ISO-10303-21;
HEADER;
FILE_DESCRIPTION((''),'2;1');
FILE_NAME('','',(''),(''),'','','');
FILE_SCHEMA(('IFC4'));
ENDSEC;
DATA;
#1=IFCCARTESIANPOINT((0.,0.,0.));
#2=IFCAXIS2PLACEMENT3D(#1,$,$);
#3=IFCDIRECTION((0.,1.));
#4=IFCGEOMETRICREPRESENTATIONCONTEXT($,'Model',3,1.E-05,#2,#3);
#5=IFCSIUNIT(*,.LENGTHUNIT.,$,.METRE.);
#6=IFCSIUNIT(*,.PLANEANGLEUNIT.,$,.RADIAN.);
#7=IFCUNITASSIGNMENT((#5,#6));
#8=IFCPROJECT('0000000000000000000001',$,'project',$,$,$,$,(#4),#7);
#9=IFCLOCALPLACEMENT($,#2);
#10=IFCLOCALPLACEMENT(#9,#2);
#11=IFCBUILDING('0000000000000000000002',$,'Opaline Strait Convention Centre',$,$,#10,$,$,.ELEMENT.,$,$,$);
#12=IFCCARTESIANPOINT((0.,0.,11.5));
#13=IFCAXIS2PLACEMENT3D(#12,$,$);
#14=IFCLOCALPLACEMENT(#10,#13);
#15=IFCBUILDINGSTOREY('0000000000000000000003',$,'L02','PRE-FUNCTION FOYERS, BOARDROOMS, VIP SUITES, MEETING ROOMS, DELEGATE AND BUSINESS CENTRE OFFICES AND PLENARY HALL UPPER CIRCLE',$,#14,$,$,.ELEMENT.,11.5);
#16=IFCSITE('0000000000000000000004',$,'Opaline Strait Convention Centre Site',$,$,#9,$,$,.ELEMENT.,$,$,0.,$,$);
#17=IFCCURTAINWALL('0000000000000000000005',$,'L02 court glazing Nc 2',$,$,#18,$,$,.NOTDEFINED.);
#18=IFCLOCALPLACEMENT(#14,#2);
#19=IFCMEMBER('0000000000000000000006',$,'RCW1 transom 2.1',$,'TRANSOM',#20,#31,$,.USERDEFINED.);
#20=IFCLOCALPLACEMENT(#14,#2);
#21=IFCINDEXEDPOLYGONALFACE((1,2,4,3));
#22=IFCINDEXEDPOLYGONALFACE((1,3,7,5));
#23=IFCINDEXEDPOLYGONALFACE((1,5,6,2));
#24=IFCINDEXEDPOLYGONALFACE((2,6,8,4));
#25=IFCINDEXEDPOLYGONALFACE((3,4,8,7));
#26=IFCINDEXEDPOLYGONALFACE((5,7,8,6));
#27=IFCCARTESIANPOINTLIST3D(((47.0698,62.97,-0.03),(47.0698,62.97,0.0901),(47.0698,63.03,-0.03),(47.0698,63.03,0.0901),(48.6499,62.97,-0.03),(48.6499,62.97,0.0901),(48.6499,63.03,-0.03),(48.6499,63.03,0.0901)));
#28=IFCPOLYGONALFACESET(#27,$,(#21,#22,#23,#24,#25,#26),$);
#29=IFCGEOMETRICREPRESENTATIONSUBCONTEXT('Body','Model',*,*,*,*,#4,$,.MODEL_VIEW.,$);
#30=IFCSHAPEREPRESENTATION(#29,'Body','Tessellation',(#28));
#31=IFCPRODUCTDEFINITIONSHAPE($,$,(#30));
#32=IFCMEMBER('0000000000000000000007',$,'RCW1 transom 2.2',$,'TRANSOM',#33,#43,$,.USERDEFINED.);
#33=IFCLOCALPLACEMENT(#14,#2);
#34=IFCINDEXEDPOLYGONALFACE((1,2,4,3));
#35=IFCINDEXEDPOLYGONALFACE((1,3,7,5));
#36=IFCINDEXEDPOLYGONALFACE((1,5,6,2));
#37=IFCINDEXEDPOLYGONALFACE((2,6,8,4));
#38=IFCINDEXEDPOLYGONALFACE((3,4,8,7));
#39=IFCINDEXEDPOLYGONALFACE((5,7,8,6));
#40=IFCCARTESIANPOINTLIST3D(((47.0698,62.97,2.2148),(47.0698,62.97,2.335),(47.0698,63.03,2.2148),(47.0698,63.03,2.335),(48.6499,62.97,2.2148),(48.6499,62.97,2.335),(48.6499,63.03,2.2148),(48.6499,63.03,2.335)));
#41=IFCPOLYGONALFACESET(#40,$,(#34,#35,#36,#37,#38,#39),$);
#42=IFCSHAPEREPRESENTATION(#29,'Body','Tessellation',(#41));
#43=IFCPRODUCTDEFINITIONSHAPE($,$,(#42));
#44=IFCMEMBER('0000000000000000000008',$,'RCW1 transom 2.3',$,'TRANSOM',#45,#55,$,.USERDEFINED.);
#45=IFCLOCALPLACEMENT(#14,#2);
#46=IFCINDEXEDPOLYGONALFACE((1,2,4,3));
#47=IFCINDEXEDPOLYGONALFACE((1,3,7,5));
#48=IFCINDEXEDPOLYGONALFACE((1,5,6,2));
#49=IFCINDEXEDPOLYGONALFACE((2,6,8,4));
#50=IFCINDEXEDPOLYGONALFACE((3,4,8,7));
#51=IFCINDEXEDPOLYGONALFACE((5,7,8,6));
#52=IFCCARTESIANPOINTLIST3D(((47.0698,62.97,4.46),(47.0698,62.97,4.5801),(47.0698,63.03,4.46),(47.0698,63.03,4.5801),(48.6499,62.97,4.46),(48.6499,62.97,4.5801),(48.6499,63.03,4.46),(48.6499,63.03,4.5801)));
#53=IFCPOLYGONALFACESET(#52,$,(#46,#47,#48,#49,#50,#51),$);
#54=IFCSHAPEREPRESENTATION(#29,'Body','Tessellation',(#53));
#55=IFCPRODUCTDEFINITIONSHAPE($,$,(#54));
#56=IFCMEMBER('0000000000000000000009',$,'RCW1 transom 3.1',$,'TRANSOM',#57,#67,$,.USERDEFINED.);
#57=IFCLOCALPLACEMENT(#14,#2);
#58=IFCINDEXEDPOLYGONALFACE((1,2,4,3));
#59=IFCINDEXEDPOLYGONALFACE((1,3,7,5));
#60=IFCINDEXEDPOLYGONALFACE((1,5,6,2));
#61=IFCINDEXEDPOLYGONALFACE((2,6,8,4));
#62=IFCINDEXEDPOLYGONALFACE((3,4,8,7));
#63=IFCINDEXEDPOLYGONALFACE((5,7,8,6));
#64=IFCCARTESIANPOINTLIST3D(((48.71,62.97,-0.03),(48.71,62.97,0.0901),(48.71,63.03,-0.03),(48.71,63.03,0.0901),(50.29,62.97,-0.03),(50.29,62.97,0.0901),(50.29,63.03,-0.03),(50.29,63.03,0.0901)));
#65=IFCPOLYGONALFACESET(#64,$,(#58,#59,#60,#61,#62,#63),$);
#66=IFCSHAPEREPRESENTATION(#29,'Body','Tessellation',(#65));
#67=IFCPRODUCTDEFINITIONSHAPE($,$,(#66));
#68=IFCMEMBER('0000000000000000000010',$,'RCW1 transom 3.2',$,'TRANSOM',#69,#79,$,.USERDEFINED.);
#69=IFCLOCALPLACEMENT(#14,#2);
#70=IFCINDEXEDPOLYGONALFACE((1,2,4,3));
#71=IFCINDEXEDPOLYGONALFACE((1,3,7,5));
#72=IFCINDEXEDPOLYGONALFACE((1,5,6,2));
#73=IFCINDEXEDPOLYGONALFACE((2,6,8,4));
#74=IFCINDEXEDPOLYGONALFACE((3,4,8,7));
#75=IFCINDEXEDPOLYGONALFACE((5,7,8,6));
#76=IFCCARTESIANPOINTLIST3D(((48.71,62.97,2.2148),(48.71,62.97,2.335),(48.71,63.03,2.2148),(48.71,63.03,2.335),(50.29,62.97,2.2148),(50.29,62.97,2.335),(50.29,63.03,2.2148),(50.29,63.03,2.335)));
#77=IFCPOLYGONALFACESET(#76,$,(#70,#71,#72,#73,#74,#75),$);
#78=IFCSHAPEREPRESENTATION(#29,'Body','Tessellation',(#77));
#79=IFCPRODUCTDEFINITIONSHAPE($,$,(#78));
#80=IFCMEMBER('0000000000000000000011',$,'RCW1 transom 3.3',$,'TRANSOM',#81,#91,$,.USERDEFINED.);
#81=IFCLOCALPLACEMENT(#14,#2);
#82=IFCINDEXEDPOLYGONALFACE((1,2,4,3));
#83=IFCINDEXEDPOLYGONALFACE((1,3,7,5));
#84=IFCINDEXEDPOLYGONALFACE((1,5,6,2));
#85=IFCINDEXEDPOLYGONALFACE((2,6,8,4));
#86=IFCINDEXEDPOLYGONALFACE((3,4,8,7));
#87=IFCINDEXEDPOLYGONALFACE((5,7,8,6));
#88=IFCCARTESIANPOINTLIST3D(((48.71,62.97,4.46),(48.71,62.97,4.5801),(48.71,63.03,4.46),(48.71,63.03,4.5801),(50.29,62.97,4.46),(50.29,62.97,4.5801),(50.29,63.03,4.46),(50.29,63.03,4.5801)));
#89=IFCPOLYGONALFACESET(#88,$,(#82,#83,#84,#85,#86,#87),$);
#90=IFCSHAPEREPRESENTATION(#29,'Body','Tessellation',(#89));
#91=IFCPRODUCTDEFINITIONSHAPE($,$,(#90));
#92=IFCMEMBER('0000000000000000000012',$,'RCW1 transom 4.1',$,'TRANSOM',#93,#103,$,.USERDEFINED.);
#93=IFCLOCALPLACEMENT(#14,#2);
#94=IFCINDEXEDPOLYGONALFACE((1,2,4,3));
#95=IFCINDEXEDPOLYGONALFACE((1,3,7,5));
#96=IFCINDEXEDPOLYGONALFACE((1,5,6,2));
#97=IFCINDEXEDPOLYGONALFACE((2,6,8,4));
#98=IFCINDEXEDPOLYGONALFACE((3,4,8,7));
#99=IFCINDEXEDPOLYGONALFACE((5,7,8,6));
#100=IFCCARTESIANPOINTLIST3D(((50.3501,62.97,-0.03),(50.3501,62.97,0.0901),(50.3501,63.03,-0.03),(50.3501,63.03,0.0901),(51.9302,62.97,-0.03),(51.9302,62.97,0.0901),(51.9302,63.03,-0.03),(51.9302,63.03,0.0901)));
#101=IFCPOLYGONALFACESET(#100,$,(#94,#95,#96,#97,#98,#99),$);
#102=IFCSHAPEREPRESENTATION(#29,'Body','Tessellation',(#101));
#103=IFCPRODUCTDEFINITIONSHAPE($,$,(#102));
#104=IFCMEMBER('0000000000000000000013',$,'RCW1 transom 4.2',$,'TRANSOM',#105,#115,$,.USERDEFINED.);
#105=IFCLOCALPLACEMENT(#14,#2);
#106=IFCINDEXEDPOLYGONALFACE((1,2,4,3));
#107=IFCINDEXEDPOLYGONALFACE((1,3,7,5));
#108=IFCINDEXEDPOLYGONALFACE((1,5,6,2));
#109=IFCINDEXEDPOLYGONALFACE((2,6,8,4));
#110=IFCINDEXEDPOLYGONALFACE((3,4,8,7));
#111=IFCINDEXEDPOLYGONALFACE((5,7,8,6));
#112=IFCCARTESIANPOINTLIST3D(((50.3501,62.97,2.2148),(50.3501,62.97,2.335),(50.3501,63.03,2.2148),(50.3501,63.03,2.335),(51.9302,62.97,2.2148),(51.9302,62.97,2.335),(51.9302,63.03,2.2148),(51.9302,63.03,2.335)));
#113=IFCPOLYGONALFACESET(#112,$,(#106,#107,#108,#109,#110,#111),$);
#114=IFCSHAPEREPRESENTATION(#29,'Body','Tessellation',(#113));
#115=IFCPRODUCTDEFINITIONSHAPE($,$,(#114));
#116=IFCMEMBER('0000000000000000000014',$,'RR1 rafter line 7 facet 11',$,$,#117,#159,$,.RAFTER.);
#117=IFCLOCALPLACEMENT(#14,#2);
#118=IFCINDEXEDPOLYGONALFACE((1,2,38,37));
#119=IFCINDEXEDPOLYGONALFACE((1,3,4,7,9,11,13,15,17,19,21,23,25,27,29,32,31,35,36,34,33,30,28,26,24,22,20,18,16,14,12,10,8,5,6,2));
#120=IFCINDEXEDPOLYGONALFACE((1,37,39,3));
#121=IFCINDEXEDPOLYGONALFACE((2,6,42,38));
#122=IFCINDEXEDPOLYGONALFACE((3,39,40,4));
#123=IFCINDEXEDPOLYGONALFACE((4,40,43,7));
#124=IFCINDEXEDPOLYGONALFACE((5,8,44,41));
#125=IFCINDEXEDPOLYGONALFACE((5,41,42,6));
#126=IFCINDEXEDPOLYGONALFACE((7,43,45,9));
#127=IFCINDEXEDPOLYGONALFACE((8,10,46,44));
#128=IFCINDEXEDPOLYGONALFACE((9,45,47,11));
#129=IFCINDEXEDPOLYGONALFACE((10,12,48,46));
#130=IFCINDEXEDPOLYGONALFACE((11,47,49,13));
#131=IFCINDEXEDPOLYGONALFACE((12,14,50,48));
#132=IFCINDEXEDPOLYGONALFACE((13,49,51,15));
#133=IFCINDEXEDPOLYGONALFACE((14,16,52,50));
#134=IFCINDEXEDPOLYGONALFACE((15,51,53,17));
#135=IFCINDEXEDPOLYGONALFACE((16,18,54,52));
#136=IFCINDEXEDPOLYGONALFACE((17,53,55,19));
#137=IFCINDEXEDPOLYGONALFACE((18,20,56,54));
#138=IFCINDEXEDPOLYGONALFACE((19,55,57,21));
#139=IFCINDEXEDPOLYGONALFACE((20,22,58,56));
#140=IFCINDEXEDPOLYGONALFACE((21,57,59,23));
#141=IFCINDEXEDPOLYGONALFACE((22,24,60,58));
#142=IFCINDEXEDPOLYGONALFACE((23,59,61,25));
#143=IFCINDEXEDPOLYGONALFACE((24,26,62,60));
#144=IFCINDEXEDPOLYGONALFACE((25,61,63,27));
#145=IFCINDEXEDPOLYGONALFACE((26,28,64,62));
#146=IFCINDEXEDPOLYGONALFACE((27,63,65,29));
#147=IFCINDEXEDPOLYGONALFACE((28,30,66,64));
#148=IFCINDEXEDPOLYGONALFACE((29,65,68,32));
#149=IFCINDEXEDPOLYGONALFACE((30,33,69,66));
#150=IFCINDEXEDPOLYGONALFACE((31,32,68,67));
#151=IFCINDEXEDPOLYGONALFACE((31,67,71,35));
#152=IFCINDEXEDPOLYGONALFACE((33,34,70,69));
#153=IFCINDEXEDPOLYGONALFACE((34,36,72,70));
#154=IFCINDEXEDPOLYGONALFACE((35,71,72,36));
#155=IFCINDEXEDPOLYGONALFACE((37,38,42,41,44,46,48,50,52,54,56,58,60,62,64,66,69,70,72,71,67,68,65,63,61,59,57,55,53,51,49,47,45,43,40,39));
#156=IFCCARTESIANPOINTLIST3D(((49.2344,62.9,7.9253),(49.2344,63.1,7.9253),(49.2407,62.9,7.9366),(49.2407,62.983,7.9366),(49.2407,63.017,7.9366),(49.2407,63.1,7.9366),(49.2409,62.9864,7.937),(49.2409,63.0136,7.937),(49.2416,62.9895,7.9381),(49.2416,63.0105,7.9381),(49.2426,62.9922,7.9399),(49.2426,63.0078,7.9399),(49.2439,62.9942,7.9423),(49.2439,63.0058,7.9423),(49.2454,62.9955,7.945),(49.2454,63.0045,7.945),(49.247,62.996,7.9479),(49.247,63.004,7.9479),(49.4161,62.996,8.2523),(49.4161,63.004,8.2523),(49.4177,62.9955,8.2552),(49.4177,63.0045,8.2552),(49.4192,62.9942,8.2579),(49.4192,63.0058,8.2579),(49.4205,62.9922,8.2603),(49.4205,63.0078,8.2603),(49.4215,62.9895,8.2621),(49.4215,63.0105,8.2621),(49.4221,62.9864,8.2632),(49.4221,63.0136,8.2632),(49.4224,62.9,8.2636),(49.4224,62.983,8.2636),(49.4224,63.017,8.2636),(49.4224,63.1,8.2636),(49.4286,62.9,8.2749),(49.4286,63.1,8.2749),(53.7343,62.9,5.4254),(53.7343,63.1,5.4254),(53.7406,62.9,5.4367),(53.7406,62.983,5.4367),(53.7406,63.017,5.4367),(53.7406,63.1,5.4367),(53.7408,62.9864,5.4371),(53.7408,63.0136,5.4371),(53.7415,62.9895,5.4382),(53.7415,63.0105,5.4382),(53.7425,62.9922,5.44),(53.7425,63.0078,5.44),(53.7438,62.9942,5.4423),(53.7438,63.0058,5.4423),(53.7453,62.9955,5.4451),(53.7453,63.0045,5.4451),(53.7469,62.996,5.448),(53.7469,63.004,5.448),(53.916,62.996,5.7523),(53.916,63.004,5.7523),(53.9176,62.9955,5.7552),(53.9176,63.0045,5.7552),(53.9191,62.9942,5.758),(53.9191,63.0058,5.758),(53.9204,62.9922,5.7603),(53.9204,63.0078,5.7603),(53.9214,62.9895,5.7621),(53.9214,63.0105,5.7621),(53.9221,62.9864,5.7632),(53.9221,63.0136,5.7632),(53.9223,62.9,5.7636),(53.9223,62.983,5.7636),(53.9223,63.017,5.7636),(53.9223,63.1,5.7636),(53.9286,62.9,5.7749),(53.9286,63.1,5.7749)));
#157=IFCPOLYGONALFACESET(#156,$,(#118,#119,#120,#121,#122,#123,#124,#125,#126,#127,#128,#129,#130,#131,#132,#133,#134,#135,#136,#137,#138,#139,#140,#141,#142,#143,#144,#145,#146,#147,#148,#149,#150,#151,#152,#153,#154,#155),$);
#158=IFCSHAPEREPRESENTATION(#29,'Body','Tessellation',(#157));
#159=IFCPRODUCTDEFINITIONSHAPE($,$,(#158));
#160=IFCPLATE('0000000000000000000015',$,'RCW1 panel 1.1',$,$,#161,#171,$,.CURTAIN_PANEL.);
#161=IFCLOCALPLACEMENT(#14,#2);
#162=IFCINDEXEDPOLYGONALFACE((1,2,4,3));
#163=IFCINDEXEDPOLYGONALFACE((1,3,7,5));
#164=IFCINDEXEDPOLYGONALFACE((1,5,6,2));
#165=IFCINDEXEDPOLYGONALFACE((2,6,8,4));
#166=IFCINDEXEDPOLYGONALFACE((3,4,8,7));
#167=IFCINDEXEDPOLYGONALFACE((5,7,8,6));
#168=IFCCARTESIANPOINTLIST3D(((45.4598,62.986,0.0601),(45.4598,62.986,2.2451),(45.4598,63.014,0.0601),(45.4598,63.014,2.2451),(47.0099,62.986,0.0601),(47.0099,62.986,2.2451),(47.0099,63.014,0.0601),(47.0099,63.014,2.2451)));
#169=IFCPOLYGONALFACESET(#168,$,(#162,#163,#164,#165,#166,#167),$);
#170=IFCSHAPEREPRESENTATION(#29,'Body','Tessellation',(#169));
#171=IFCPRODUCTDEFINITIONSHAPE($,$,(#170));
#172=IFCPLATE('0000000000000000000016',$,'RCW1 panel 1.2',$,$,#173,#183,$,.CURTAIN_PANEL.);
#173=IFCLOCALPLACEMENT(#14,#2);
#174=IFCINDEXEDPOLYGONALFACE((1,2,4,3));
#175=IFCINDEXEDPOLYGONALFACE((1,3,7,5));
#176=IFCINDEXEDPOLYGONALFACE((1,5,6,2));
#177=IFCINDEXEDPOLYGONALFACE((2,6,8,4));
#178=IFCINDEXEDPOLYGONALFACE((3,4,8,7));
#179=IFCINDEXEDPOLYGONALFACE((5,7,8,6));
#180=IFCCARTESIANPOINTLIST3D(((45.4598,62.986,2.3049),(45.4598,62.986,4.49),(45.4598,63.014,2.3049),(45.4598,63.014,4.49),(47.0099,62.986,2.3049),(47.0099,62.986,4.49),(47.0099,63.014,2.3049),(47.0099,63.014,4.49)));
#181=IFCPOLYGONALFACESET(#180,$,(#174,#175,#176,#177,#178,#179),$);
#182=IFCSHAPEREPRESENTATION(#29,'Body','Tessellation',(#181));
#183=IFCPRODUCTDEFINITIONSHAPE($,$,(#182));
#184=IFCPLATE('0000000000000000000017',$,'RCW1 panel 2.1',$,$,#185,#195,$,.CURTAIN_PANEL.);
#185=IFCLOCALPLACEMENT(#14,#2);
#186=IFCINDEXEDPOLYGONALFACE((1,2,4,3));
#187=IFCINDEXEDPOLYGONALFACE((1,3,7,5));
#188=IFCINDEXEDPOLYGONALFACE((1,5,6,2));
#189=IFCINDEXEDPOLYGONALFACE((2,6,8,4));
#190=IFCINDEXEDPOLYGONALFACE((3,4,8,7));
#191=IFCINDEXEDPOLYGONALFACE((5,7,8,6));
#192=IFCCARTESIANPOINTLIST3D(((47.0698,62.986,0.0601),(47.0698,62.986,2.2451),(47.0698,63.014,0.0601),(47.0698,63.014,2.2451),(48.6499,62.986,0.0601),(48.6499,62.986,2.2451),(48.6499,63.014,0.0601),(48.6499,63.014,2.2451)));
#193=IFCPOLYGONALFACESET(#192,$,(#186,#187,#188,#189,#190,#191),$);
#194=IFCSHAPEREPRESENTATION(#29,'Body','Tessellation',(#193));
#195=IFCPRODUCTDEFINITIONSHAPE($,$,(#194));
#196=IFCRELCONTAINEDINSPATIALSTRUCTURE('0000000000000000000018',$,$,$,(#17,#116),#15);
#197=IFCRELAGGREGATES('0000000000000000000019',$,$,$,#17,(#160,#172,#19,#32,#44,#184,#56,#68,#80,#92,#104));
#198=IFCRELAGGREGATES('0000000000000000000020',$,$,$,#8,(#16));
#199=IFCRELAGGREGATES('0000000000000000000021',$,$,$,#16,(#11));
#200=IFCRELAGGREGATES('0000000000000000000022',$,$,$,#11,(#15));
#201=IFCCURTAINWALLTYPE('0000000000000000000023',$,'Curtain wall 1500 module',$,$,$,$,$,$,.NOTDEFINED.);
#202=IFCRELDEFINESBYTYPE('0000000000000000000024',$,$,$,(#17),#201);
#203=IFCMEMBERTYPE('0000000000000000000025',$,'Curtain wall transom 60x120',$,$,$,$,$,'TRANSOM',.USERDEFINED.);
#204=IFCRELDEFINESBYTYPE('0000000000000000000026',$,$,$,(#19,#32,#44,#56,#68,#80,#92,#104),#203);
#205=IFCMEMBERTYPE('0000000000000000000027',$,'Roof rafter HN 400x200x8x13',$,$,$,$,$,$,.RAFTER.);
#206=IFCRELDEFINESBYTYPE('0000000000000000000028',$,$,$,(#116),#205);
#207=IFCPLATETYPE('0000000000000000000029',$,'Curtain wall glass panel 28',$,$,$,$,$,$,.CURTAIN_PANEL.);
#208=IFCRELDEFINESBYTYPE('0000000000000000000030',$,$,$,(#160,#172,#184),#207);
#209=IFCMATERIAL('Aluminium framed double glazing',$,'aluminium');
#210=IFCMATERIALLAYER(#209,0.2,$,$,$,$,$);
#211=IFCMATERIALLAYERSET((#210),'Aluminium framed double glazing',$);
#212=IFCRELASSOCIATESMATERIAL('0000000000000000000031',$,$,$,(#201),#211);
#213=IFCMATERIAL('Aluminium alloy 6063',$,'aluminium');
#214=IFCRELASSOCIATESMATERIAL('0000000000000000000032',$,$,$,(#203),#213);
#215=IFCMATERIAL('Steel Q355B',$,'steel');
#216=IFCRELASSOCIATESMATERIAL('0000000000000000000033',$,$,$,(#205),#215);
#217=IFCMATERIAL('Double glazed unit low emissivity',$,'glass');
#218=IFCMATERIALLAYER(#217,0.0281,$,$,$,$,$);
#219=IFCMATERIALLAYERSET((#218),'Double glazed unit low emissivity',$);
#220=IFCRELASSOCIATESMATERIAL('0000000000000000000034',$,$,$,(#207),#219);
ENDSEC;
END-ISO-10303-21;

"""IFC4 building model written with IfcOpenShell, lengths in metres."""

from ifc_helpers import new_model, si_unit, direction, frame, origin, origin_2d, place, context, subcontext, project, spatial, rectangle, i_section, extrude, material, layer, layer_set, material_profile, profile_set, type_object, element, aggregate, save


model = new_model("IFC4")

# Units and contexts
model_context = context("Model", 3, precision=1e-05, world=origin(), true_north=direction((0.0, 1.0)))
body_context = subcontext(model_context, "Body", "Model", "MODEL_VIEW")
ifc_project = project(units=[si_unit("LENGTHUNIT", "METRE"), si_unit("PLANEANGLEUNIT", "RADIAN")], contexts=[model_context])

# Site, building, storey
site_placement = place(None, origin())
site = spatial("IfcSite", under=ifc_project, at=site_placement, Name="Opaline Strait Convention Centre Site", CompositionType="ELEMENT", RefElevation=0.0)
building_placement = place(site_placement, origin())
building = spatial("IfcBuilding", under=site, at=building_placement, Name="Opaline Strait Convention Centre", CompositionType="ELEMENT")
storey_placement = place(building_placement, frame((0.0, 0.0, 11.5)))
storey = spatial("IfcBuildingStorey", under=building, at=storey_placement, Name="L02", Description="PRE-FUNCTION FOYERS, BOARDROOMS, VIP SUITES, MEETING ROOMS, DELEGATE AND BUSINESS CENTRE OFFICES AND PLENARY HALL UPPER CIRCLE", CompositionType="ELEMENT", Elevation=11.5)

# Shared definitions
ifc_material_1 = material(Name="Steel Q355B", Category="steel")

# Curtain wall, members
ifc_material_2 = material(Name="Aluminium framed double glazing", Category="aluminium")
ifc_layer_1 = layer(ifc_material_2, 0.2)
ifc_layer_set_1 = layer_set([ifc_layer_1], Name="Aluminium framed double glazing")
curtain_wall_type = type_object("IfcCurtainWallType", Name="Curtain wall 1500 module", PredefinedType="NOTDEFINED", material=ifc_layer_set_1)
curtain_wall_placement = place(storey_placement, origin())
curtain_wall = element("IfcCurtainWall", 1, at=curtain_wall_placement, inside=storey, type_object=curtain_wall_type, Name="L02 court glazing Nc 2", PredefinedType="NOTDEFINED")
ifc_material_3 = material(Name="Aluminium alloy 6063", Category="aluminium")
ifc_material_profile_1 = material_profile(ifc_material_3, rectangle(XDim=0.0601, YDim=0.1201, at=origin_2d()), Name="Curtain wall transom 60x120")
ifc_profile_set_1 = profile_set([ifc_material_profile_1], Name="Aluminium alloy 6063")
member_type_1 = type_object("IfcMemberType", Name="Curtain wall transom 60x120", ElementType="TRANSOM", PredefinedType="USERDEFINED", material=ifc_profile_set_1)
member_1_placement = place(storey_placement, frame((47.0698, 63.0, 0.03), z_axis=(1.0, 0.0, 0.0), x_axis=(0.0, 1.0, 0.0)))
member_1 = element("IfcMember", 2, at=member_1_placement, type_object=member_type_1, Name="RCW1 transom 2.1", ObjectType="TRANSOM", PredefinedType="USERDEFINED", context=body_context, shape_type="SweptSolid", body=[
    extrude(rectangle(XDim=0.0601, YDim=0.1201, at=origin_2d()), origin(), (0.0, 0.0, 1.0), 1.5801),
])
member_2_placement = place(storey_placement, frame((47.0698, 63.0, 2.2749), z_axis=(1.0, 0.0, 0.0), x_axis=(0.0, 1.0, 0.0)))
member_2 = element("IfcMember", 3, at=member_2_placement, type_object=member_type_1, Name="RCW1 transom 2.2", ObjectType="TRANSOM", PredefinedType="USERDEFINED", context=body_context, shape_type="SweptSolid", body=[
    extrude(rectangle(XDim=0.0601, YDim=0.1201, at=origin_2d()), origin(), (0.0, 0.0, 1.0), 1.5801),
])
member_3_placement = place(storey_placement, frame((47.0698, 63.0, 4.52), z_axis=(1.0, 0.0, 0.0), x_axis=(0.0, 1.0, 0.0)))
member_3 = element("IfcMember", 4, at=member_3_placement, type_object=member_type_1, Name="RCW1 transom 2.3", ObjectType="TRANSOM", PredefinedType="USERDEFINED", context=body_context, shape_type="SweptSolid", body=[
    extrude(rectangle(XDim=0.0601, YDim=0.1201, at=origin_2d()), origin(), (0.0, 0.0, 1.0), 1.5801),
])
member_4_placement = place(storey_placement, frame((48.71, 63.0, 0.03), z_axis=(1.0, 0.0, 0.0), x_axis=(0.0, 1.0, 0.0)))
member_4 = element("IfcMember", 5, at=member_4_placement, type_object=member_type_1, Name="RCW1 transom 3.1", ObjectType="TRANSOM", PredefinedType="USERDEFINED", context=body_context, shape_type="SweptSolid", body=[
    extrude(rectangle(XDim=0.0601, YDim=0.1201, at=origin_2d()), origin(), (0.0, 0.0, 1.0), 1.5801),
])
member_5_placement = place(storey_placement, frame((48.71, 63.0, 2.2749), z_axis=(1.0, 0.0, 0.0), x_axis=(0.0, 1.0, 0.0)))
member_5 = element("IfcMember", 6, at=member_5_placement, type_object=member_type_1, Name="RCW1 transom 3.2", ObjectType="TRANSOM", PredefinedType="USERDEFINED", context=body_context, shape_type="SweptSolid", body=[
    extrude(rectangle(XDim=0.0601, YDim=0.1201, at=origin_2d()), origin(), (0.0, 0.0, 1.0), 1.5801),
])
member_6_placement = place(storey_placement, frame((48.71, 63.0, 4.52), z_axis=(1.0, 0.0, 0.0), x_axis=(0.0, 1.0, 0.0)))
member_6 = element("IfcMember", 7, at=member_6_placement, type_object=member_type_1, Name="RCW1 transom 3.3", ObjectType="TRANSOM", PredefinedType="USERDEFINED", context=body_context, shape_type="SweptSolid", body=[
    extrude(rectangle(XDim=0.0601, YDim=0.1201, at=origin_2d()), origin(), (0.0, 0.0, 1.0), 1.5801),
])
member_7_placement = place(storey_placement, frame((50.3501, 63.0, 0.03), z_axis=(1.0, 0.0, 0.0), x_axis=(0.0, 1.0, 0.0)))
member_7 = element("IfcMember", 8, at=member_7_placement, type_object=member_type_1, Name="RCW1 transom 4.1", ObjectType="TRANSOM", PredefinedType="USERDEFINED", context=body_context, shape_type="SweptSolid", body=[
    extrude(rectangle(XDim=0.0601, YDim=0.1201, at=origin_2d()), origin(), (0.0, 0.0, 1.0), 1.5801),
])
member_8_placement = place(storey_placement, frame((50.3501, 63.0, 2.2749), z_axis=(1.0, 0.0, 0.0), x_axis=(0.0, 1.0, 0.0)))
member_8 = element("IfcMember", 9, at=member_8_placement, type_object=member_type_1, Name="RCW1 transom 4.2", ObjectType="TRANSOM", PredefinedType="USERDEFINED", context=body_context, shape_type="SweptSolid", body=[
    extrude(rectangle(XDim=0.0601, YDim=0.1201, at=origin_2d()), origin(), (0.0, 0.0, 1.0), 1.5801),
])

# Member
ifc_material_profile_2 = material_profile(ifc_material_1, i_section(OverallWidth=0.2, OverallDepth=0.3999, WebThickness=0.0081, FlangeThickness=0.0129, FilletRadius=0.0129, at=origin_2d()), Name="HN 400x200x8x13")
ifc_profile_set_2 = profile_set([ifc_material_profile_2], Name="Steel Q355B")
member_type_2 = type_object("IfcMemberType", Name="Roof rafter HN 400x200x8x13", PredefinedType="RAFTER", material=ifc_profile_set_2)
member_9_placement = place(storey_placement, frame((49.3315, 63.0, 8.1001), z_axis=(0.874157, 0.0, -0.485643), x_axis=(0.0, 1.0, 0.0)))
element("IfcMember", 10, at=member_9_placement, inside=storey, type_object=member_type_2, Name="RR1 rafter line 7 facet 11", PredefinedType="RAFTER", context=body_context, shape_type="SweptSolid", body=[
    extrude(i_section(OverallWidth=0.2, OverallDepth=0.3999, WebThickness=0.0081, FlangeThickness=0.0129, FilletRadius=0.0129, at=origin_2d()), origin(), (0.0, 0.0, 1.0), 5.1477),
])

# Plates
ifc_material_4 = material(Name="Double glazed unit low emissivity", Category="glass")
ifc_layer_2 = layer(ifc_material_4, 0.0281)
ifc_layer_set_2 = layer_set([ifc_layer_2], Name="Double glazed unit low emissivity")
plate_type = type_object("IfcPlateType", Name="Curtain wall glass panel 28", PredefinedType="CURTAIN_PANEL", material=ifc_layer_set_2)
plate_1_placement = place(storey_placement, frame((46.2349, 63.0, 0.0601), z_axis=(0.0, 0.0, 1.0), x_axis=(1.0, 0.0, 0.0)))
plate_1 = element("IfcPlate", 11, at=plate_1_placement, type_object=plate_type, Name="RCW1 panel 1.1", PredefinedType="CURTAIN_PANEL", context=body_context, shape_type="SweptSolid", body=[
    extrude(rectangle(XDim=1.55, YDim=0.0281, at=origin_2d()), origin(), (0.0, 0.0, 1.0), 2.1851),
])
plate_2_placement = place(storey_placement, frame((46.2349, 63.0, 2.3049), z_axis=(0.0, 0.0, 1.0), x_axis=(1.0, 0.0, 0.0)))
plate_2 = element("IfcPlate", 12, at=plate_2_placement, type_object=plate_type, Name="RCW1 panel 1.2", PredefinedType="CURTAIN_PANEL", context=body_context, shape_type="SweptSolid", body=[
    extrude(rectangle(XDim=1.55, YDim=0.0281, at=origin_2d()), origin(), (0.0, 0.0, 1.0), 2.1851),
])
plate_3_placement = place(storey_placement, frame((47.8599, 63.0, 0.0601), z_axis=(0.0, 0.0, 1.0), x_axis=(1.0, 0.0, 0.0)))
plate_3 = element("IfcPlate", 13, at=plate_3_placement, type_object=plate_type, Name="RCW1 panel 2.1", PredefinedType="CURTAIN_PANEL", context=body_context, shape_type="SweptSolid", body=[
    extrude(rectangle(XDim=1.5801, YDim=0.0281, at=origin_2d()), origin(), (0.0, 0.0, 1.0), 2.1851),
])
aggregate(curtain_wall, [plate_1, plate_2, member_1, member_2, member_3, plate_3, member_4, member_5, member_6, member_7, member_8])

save(model, "model.ifc")
